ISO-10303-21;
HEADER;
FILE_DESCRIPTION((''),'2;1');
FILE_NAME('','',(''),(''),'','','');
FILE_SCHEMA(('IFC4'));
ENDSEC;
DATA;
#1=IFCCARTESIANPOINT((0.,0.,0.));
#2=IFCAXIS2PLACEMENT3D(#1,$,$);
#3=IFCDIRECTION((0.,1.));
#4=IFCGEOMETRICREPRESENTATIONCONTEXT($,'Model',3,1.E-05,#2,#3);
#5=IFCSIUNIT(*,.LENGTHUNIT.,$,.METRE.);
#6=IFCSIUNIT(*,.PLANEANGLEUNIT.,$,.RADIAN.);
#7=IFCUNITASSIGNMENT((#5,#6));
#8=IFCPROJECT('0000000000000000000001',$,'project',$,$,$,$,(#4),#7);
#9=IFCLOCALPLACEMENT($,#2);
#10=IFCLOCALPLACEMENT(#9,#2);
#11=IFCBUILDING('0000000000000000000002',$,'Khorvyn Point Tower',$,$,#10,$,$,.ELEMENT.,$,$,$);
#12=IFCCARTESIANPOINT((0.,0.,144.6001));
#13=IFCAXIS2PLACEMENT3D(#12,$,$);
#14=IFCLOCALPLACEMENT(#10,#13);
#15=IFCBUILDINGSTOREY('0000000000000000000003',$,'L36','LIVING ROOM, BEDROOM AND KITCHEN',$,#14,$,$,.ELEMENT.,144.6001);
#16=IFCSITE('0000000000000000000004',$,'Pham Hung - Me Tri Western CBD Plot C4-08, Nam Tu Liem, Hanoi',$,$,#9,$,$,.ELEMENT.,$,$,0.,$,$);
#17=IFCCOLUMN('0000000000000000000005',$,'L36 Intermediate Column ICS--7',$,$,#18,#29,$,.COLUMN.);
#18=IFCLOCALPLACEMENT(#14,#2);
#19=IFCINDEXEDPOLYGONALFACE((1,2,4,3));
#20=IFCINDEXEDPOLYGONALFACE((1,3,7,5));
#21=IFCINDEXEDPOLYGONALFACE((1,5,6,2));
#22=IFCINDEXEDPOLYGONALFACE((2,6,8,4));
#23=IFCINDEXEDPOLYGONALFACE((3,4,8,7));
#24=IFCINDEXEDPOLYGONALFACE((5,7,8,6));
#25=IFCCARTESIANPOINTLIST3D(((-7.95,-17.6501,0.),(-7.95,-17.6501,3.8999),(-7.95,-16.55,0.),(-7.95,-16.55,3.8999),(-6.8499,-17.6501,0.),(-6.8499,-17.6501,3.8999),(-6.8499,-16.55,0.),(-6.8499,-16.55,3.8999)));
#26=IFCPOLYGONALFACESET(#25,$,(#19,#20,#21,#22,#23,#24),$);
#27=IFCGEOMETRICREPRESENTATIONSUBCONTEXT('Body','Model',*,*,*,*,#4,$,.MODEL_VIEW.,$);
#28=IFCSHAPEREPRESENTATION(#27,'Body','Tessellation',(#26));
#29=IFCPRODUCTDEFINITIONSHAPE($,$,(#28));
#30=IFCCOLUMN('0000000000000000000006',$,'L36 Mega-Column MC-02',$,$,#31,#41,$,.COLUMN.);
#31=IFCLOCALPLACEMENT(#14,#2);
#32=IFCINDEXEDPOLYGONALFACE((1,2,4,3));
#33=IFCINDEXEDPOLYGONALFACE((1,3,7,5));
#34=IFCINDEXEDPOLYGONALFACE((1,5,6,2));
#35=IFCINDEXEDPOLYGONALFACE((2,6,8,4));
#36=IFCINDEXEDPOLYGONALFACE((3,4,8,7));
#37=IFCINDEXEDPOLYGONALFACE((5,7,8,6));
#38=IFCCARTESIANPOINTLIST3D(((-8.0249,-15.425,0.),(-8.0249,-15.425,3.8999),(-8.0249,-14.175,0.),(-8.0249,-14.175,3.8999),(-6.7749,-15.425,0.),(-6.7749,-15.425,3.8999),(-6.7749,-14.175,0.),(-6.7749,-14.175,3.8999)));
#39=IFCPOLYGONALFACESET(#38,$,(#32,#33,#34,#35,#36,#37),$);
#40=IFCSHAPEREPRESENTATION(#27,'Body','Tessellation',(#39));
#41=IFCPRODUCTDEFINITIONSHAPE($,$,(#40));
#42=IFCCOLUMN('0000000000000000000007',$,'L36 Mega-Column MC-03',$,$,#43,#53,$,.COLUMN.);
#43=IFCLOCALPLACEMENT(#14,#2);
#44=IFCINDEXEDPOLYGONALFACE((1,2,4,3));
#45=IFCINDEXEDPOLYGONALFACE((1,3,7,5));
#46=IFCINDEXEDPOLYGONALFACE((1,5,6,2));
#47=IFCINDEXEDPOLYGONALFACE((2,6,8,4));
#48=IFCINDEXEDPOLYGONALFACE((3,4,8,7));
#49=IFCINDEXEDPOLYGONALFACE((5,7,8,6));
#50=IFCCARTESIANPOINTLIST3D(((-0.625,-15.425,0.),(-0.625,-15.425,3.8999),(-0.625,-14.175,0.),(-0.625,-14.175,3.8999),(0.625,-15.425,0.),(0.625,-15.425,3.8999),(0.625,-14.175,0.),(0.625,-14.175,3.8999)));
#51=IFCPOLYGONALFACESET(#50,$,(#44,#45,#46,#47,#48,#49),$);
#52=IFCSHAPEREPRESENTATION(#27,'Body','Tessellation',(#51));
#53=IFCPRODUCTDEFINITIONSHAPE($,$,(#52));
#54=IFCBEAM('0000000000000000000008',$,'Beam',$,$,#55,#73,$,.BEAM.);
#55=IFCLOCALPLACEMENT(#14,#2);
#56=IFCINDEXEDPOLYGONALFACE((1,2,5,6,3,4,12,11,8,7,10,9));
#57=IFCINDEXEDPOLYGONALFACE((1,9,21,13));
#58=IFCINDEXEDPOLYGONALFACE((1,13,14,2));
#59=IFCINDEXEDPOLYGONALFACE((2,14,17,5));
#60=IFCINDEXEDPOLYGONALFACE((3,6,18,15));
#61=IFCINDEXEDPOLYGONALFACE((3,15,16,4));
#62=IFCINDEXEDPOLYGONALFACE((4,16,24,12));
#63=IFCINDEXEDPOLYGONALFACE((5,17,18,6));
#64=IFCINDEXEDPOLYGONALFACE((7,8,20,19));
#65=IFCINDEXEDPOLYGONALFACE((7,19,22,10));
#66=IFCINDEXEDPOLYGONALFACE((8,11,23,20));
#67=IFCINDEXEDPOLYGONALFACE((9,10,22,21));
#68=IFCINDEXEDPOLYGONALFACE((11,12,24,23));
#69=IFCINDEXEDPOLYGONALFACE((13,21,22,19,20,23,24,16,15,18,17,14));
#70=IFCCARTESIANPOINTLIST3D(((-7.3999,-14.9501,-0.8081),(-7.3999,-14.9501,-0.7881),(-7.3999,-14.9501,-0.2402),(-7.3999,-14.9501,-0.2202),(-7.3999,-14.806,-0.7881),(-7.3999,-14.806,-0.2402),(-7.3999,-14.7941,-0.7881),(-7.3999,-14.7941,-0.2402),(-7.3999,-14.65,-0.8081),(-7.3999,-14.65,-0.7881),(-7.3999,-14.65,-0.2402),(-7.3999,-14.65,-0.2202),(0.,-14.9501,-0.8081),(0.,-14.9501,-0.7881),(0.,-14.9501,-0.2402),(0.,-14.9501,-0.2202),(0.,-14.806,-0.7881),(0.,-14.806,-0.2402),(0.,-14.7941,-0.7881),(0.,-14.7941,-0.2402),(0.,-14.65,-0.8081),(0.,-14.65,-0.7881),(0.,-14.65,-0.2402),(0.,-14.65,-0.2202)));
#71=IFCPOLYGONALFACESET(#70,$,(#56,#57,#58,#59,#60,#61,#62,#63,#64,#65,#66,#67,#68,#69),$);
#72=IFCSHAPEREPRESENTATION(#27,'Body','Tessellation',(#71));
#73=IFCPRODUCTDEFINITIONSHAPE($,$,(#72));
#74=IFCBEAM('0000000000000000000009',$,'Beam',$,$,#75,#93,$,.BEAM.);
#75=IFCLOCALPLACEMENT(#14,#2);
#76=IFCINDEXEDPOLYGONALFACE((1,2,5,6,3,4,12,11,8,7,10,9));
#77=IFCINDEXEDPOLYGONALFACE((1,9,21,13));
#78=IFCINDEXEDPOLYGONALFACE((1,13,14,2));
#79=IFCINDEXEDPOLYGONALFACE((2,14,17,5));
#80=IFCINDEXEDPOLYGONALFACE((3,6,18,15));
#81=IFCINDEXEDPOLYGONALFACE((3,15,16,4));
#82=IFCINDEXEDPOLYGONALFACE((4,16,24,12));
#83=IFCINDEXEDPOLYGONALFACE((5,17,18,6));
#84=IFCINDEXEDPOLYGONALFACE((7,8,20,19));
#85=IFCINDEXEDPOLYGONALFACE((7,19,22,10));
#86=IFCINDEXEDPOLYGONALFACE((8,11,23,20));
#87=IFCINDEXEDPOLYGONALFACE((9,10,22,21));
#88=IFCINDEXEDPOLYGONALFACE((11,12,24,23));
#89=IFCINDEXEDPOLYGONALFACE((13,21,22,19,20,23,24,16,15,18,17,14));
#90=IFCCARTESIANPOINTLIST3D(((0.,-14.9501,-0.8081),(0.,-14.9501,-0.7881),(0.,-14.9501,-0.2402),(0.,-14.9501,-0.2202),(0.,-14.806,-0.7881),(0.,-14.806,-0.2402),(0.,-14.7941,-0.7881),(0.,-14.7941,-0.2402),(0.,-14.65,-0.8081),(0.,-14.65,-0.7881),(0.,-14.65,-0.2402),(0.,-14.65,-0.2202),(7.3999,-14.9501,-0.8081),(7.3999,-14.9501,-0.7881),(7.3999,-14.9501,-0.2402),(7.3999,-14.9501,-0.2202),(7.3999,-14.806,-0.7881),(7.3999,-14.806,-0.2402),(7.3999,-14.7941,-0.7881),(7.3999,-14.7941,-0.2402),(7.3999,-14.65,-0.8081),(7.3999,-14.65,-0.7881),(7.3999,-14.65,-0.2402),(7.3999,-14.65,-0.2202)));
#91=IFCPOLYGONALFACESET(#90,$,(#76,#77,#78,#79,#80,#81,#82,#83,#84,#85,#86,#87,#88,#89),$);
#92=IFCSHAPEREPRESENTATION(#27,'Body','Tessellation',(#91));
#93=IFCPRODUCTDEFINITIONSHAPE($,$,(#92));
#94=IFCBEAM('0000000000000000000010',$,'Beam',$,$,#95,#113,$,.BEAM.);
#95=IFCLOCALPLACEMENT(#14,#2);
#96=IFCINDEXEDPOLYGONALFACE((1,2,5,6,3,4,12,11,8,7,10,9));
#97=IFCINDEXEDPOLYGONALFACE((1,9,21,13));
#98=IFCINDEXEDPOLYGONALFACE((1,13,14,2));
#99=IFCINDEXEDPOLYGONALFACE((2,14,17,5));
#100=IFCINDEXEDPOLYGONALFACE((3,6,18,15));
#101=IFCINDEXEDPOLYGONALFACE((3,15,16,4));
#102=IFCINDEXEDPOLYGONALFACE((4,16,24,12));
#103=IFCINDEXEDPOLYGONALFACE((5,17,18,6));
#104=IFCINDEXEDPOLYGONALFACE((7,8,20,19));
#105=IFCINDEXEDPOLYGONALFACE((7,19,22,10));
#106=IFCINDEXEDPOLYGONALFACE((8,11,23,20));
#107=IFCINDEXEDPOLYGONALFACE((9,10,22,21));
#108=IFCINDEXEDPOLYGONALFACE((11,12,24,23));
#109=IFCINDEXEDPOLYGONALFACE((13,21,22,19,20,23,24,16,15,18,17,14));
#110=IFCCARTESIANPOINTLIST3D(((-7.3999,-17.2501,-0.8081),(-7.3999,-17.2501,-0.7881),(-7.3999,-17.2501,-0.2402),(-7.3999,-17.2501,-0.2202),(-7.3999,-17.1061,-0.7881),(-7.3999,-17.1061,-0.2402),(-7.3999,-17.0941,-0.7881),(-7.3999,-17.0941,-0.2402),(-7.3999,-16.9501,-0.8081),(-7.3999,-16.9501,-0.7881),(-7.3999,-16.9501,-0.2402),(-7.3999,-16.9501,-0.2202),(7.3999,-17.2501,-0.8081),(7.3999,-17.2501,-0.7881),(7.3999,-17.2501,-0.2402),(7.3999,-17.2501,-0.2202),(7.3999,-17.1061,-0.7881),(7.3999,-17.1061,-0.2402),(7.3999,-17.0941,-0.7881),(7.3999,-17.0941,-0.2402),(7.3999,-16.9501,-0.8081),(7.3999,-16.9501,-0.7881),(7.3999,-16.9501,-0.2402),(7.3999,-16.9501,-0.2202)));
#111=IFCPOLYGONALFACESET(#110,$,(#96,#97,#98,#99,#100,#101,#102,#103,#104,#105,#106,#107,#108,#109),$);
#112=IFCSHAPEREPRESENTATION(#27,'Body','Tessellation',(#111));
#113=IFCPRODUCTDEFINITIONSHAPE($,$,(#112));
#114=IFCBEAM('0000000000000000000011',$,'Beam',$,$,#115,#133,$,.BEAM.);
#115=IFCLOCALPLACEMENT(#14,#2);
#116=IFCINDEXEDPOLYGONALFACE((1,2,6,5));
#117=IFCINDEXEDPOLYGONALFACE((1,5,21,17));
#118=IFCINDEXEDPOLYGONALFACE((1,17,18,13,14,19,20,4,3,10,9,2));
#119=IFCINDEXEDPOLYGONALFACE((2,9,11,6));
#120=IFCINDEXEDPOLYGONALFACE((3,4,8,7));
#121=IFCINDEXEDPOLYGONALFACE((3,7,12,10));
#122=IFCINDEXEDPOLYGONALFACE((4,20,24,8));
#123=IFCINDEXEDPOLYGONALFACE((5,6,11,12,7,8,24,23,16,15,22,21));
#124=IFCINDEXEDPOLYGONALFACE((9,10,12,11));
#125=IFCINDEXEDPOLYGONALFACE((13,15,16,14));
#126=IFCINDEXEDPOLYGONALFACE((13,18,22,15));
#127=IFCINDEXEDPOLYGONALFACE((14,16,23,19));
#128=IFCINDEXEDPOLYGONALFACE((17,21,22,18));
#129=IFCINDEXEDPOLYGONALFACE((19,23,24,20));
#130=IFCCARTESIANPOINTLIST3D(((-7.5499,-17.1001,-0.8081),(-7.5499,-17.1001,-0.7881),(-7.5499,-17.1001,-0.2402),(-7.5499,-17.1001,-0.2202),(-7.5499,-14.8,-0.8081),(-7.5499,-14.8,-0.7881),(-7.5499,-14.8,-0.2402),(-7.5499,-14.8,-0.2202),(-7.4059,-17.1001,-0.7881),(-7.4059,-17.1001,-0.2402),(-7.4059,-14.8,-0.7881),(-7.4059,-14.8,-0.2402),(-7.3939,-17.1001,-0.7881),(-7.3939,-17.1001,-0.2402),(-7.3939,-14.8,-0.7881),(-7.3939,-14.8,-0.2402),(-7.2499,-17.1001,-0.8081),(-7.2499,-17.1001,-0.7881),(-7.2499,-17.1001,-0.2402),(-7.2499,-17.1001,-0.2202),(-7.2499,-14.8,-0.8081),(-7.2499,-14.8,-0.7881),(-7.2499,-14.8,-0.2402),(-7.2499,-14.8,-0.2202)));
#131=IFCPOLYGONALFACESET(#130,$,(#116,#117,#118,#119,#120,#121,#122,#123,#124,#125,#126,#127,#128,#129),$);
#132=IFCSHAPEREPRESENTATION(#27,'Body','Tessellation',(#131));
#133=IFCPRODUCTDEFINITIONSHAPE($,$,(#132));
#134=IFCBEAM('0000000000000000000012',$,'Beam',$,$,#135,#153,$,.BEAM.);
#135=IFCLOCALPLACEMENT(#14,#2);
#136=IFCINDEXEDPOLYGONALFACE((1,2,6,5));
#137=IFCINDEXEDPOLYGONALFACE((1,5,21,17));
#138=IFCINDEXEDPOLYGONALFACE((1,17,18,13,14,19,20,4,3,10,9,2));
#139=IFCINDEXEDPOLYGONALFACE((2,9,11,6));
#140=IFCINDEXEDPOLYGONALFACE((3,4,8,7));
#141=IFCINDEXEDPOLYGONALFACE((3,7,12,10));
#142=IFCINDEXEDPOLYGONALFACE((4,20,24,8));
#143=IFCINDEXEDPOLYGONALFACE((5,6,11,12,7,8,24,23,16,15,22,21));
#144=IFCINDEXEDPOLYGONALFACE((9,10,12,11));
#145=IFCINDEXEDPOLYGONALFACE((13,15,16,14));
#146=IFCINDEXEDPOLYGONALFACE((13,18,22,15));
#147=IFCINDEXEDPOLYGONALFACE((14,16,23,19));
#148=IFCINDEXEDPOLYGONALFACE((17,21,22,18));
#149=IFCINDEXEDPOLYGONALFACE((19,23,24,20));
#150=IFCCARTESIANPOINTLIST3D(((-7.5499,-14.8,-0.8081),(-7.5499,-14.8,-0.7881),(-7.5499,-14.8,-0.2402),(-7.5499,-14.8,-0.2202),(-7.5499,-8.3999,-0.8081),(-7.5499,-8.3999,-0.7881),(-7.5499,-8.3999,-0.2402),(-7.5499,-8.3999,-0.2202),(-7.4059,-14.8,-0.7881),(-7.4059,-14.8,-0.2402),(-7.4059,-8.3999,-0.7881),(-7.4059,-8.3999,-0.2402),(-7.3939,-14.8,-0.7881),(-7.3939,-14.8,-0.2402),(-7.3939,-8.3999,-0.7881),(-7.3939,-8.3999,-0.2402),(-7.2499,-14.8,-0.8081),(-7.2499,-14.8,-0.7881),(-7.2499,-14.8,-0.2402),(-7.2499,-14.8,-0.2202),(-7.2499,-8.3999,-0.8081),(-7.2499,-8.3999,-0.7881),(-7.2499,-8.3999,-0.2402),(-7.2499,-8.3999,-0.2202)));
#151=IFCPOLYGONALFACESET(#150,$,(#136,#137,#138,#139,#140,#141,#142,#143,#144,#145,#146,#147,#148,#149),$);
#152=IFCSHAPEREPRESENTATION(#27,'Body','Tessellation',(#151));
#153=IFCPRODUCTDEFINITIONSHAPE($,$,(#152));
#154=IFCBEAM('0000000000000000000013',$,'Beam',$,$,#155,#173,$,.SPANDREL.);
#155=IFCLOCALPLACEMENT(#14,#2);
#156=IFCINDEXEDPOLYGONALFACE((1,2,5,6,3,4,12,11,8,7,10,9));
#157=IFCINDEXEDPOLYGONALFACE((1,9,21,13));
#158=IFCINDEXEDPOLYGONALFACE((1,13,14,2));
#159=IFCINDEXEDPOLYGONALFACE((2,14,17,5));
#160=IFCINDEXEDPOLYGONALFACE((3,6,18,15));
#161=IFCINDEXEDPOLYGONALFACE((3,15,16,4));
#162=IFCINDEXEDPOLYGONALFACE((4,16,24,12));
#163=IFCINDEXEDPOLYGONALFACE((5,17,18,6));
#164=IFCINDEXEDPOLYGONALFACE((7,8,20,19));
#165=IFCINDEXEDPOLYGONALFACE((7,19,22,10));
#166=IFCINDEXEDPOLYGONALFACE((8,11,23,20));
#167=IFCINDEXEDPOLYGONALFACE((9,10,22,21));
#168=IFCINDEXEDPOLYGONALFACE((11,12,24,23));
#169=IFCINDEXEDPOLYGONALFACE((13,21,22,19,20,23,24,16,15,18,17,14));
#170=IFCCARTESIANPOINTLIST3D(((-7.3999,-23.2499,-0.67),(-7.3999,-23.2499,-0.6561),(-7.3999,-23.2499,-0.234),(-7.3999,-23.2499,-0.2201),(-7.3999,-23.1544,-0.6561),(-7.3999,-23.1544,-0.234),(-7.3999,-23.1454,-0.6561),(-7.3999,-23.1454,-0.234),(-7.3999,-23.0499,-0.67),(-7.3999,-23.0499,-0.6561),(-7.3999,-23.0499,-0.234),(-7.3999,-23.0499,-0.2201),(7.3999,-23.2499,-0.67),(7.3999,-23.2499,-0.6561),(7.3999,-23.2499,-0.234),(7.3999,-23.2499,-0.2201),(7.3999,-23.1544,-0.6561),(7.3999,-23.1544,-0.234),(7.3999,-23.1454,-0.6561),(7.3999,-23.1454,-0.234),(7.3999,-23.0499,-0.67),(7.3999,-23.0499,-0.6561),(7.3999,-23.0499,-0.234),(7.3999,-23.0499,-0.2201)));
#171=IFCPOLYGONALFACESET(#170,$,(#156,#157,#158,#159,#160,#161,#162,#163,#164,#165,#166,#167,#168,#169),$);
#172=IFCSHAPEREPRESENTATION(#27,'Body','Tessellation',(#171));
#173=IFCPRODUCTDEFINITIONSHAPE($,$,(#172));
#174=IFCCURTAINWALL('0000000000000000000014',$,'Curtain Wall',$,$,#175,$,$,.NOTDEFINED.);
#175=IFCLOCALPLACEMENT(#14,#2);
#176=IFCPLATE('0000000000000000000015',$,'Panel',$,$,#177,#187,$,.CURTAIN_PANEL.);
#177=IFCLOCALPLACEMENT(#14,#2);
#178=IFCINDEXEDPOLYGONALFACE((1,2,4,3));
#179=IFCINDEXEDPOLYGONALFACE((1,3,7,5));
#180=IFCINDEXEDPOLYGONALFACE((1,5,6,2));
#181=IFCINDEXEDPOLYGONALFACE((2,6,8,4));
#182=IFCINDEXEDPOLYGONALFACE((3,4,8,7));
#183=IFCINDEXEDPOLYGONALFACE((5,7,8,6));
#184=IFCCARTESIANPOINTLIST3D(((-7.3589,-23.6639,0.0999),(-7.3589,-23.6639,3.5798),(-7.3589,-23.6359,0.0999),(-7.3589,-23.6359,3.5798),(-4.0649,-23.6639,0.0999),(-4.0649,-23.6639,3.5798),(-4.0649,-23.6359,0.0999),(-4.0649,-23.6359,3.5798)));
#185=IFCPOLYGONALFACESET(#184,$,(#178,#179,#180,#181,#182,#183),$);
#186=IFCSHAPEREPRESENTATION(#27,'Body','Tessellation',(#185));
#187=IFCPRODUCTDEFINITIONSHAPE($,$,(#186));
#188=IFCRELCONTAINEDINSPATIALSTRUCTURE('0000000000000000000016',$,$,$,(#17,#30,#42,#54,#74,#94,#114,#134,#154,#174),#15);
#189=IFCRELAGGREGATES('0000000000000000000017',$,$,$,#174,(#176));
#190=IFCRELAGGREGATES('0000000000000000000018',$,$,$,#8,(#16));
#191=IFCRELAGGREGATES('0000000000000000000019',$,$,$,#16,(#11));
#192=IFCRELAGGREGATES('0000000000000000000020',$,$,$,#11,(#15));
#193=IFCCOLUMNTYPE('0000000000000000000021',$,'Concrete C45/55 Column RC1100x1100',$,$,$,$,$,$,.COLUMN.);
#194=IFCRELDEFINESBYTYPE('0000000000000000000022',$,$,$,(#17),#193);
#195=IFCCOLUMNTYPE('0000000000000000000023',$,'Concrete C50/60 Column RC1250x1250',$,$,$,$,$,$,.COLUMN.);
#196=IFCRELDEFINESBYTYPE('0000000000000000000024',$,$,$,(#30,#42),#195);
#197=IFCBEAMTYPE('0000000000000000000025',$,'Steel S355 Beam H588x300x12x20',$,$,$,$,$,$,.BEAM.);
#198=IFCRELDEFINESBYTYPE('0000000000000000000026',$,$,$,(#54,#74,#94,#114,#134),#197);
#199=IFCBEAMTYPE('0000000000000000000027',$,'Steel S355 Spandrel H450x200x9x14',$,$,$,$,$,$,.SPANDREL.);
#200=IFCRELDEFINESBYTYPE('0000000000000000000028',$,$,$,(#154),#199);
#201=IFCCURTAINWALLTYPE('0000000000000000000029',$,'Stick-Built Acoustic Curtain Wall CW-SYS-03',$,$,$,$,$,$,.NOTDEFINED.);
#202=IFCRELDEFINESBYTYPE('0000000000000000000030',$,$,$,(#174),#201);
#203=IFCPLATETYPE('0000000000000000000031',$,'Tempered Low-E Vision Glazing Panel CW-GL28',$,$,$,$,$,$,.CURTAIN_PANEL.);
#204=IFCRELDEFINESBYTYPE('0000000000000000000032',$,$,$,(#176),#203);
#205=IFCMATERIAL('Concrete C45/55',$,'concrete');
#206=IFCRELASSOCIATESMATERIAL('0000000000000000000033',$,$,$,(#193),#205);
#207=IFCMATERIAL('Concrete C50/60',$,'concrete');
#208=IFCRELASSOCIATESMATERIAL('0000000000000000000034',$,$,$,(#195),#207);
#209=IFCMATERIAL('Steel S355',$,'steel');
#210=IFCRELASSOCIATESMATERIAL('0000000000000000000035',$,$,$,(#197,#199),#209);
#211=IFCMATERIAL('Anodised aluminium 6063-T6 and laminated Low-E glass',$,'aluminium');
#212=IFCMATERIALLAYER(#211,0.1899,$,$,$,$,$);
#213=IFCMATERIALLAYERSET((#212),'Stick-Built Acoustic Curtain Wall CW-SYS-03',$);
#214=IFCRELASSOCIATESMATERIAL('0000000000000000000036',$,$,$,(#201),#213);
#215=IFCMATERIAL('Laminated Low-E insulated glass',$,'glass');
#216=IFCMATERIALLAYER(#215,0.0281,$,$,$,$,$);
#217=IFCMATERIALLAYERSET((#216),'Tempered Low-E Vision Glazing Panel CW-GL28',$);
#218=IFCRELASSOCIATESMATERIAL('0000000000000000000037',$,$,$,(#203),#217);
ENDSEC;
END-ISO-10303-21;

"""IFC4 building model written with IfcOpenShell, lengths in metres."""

from ifc_helpers import new_model, si_unit, direction, frame, origin, origin_2d, place, context, subcontext, project, spatial, rectangle, i_section, extrude, material, layer, layer_set, material_profile, profile_set, type_object, element, aggregate, save


model = new_model("IFC4")

# Units and contexts
model_context = context("Model", 3, precision=1e-05, world=origin(), true_north=direction((0.0, 1.0)))
body_context = subcontext(model_context, "Body", "Model", "MODEL_VIEW")
ifc_project = project(units=[si_unit("LENGTHUNIT", "METRE"), si_unit("PLANEANGLEUNIT", "RADIAN")], contexts=[model_context])

# Site, building, storey
site_placement = place(None, origin())
site = spatial("IfcSite", under=ifc_project, at=site_placement, Name="Pham Hung - Me Tri Western CBD Plot C4-08, Nam Tu Liem, Hanoi", CompositionType="ELEMENT", RefElevation=0.0)
building_placement = place(site_placement, origin())
building = spatial("IfcBuilding", under=site, at=building_placement, Name="Khorvyn Point Tower", CompositionType="ELEMENT")
storey_placement = place(building_placement, frame((0.0, 0.0, 144.6001)))
storey = spatial("IfcBuildingStorey", under=building, at=storey_placement, Name="L36", Description="LIVING ROOM, BEDROOM AND KITCHEN", CompositionType="ELEMENT", Elevation=144.6001)

# Columns
ifc_material_1 = material(Name="Concrete C45/55", Category="concrete")
ifc_material_profile_1 = material_profile(ifc_material_1, rectangle(XDim=1.1001, YDim=1.1001, at=origin_2d()))
ifc_profile_set_1 = profile_set([ifc_material_profile_1], Name="Concrete C45/55 RC1100x1100")
column_type_1 = type_object("IfcColumnType", Name="Concrete C45/55 Column RC1100x1100", PredefinedType="COLUMN", material=ifc_profile_set_1)
column_placement = place(storey_placement, frame((-7.3999, -17.1001, 0.0), z_axis=(0.0, 0.0, 1.0), x_axis=(1.0, 0.0, 0.0)))
element("IfcColumn", 1, at=column_placement, inside=storey, type_object=column_type_1, Name="L36 Intermediate Column ICS--7", PredefinedType="COLUMN", context=body_context, shape_type="SweptSolid", body=[
    extrude(rectangle(XDim=1.1001, YDim=1.1001, at=origin_2d()), origin(), (0.0, 0.0, 1.0), 3.8999),
])
ifc_material_2 = material(Name="Concrete C50/60", Category="concrete")
ifc_material_profile_2 = material_profile(ifc_material_2, rectangle(XDim=1.25, YDim=1.25, at=origin_2d()))
ifc_profile_set_2 = profile_set([ifc_material_profile_2], Name="Concrete C50/60 RC1250x1250")
column_type_2 = type_object("IfcColumnType", Name="Concrete C50/60 Column RC1250x1250", PredefinedType="COLUMN", material=ifc_profile_set_2)
for number, where, z_axis, x_axis, name in (
    (2, (-7.3999, -14.8, 0.0), (0.0, 0.0, 1.0), (1.0, 0.0, 0.0), "L36 Mega-Column MC-02"),
    (3, (0.0, -14.8, 0.0), (0.0, 0.0, 1.0), (1.0, 0.0, 0.0), "L36 Mega-Column MC-03"),
):
    element("IfcColumn", number, at=place(storey_placement, frame(where, z_axis=z_axis, x_axis=x_axis)), inside=storey, type_object=column_type_2, Name=name, PredefinedType="COLUMN", context=body_context, shape_type="SweptSolid", body=[
        extrude(rectangle(XDim=1.25, YDim=1.25, at=origin_2d()), origin(), (0.0, 0.0, 1.0), 3.8999),
    ])

# Beams
ifc_material_3 = material(Name="Steel S355", Category="steel")
ifc_material_profile_3 = material_profile(ifc_material_3, i_section(OverallWidth=0.3, OverallDepth=0.5879, WebThickness=0.012, FlangeThickness=0.02, at=origin_2d()))
ifc_profile_set_3 = profile_set([ifc_material_profile_3], Name="Steel S355 H588x300x12x20")
beam_type_1 = type_object("IfcBeamType", Name="Steel S355 Beam H588x300x12x20", PredefinedType="BEAM", material=ifc_profile_set_3)
for number, where, z_axis, x_axis, name in (
    (4, (-7.3999, -14.8, -0.5142), (1.0, 0.0, 0.0), (0.0, 1.0, 0.0), "Beam"),
    (5, (0.0, -14.8, -0.5142), (1.0, 0.0, 0.0), (0.0, 1.0, 0.0), "Beam"),
):
    element("IfcBeam", number, at=place(storey_placement, frame(where, z_axis=z_axis, x_axis=x_axis)), inside=storey, type_object=beam_type_1, Name=name, PredefinedType="BEAM", context=body_context, shape_type="SweptSolid", body=[
        extrude(i_section(OverallWidth=0.3, OverallDepth=0.5879, WebThickness=0.012, FlangeThickness=0.02, at=origin_2d()), origin(), (0.0, 0.0, 1.0), 7.3999),
    ])
beam_1_placement = place(storey_placement, frame((-7.3999, -17.1001, -0.5142), z_axis=(1.0, 0.0, 0.0), x_axis=(0.0, 1.0, 0.0)))
element("IfcBeam", 6, at=beam_1_placement, inside=storey, type_object=beam_type_1, Name="Beam", PredefinedType="BEAM", context=body_context, shape_type="SweptSolid", body=[
    extrude(i_section(OverallWidth=0.3, OverallDepth=0.5879, WebThickness=0.012, FlangeThickness=0.02, at=origin_2d()), origin(), (0.0, 0.0, 1.0), 14.7998),
])
beam_2_placement = place(storey_placement, frame((-7.3999, -17.1001, -0.5142), z_axis=(0.0, 1.0, 0.0), x_axis=(-1.0, 0.0, 0.0)))
element("IfcBeam", 7, at=beam_2_placement, inside=storey, type_object=beam_type_1, Name="Beam", PredefinedType="BEAM", context=body_context, shape_type="SweptSolid", body=[
    extrude(i_section(OverallWidth=0.3, OverallDepth=0.5879, WebThickness=0.012, FlangeThickness=0.02, at=origin_2d()), origin(), (0.0, 0.0, 1.0), 2.3),
])
beam_3_placement = place(storey_placement, frame((-7.3999, -14.8, -0.5142), z_axis=(0.0, 1.0, 0.0), x_axis=(-1.0, 0.0, 0.0)))
element("IfcBeam", 8, at=beam_3_placement, inside=storey, type_object=beam_type_1, Name="Beam", PredefinedType="BEAM", context=body_context, shape_type="SweptSolid", body=[
    extrude(i_section(OverallWidth=0.3, OverallDepth=0.5879, WebThickness=0.012, FlangeThickness=0.02, at=origin_2d()), origin(), (0.0, 0.0, 1.0), 6.4001),
])
ifc_material_profile_4 = material_profile(ifc_material_3, i_section(OverallWidth=0.2, OverallDepth=0.45, WebThickness=0.009, FlangeThickness=0.0139, at=origin_2d()))
ifc_profile_set_4 = profile_set([ifc_material_profile_4], Name="Steel S355 H450x200x9x14")
beam_type_2 = type_object("IfcBeamType", Name="Steel S355 Spandrel H450x200x9x14", PredefinedType="SPANDREL", material=ifc_profile_set_4)
beam_4_placement = place(storey_placement, frame((-7.3999, -23.1499, -0.4451), z_axis=(1.0, 0.0, 0.0), x_axis=(0.0, 1.0, 0.0)))
element("IfcBeam", 9, at=beam_4_placement, inside=storey, type_object=beam_type_2, Name="Beam", PredefinedType="SPANDREL", context=body_context, shape_type="SweptSolid", body=[
    extrude(i_section(OverallWidth=0.2, OverallDepth=0.45, WebThickness=0.009, FlangeThickness=0.0139, at=origin_2d()), origin(), (0.0, 0.0, 1.0), 14.7998),
])

# Curtain wall, plate
ifc_material_4 = material(Name="Anodised aluminium 6063-T6 and laminated Low-E glass", Category="aluminium")
ifc_layer_1 = layer(ifc_material_4, 0.1899)
ifc_layer_set_1 = layer_set([ifc_layer_1], Name="Stick-Built Acoustic Curtain Wall CW-SYS-03")
curtain_wall_type = type_object("IfcCurtainWallType", Name="Stick-Built Acoustic Curtain Wall CW-SYS-03", PredefinedType="NOTDEFINED", material=ifc_layer_set_1)
curtain_wall_placement = place(storey_placement, origin())
curtain_wall = element("IfcCurtainWall", 10, at=curtain_wall_placement, inside=storey, type_object=curtain_wall_type, Name="Curtain Wall", PredefinedType="NOTDEFINED")
ifc_material_5 = material(Name="Laminated Low-E insulated glass", Category="glass")
ifc_layer_2 = layer(ifc_material_5, 0.0281)
ifc_layer_set_2 = layer_set([ifc_layer_2], Name="Tempered Low-E Vision Glazing Panel CW-GL28")
plate_type = type_object("IfcPlateType", Name="Tempered Low-E Vision Glazing Panel CW-GL28", PredefinedType="CURTAIN_PANEL", material=ifc_layer_set_2)
plate_1_placement = place(storey_placement, frame((-5.7119, -23.6499, 0.0999), z_axis=(0.0, 0.0, 1.0), x_axis=(-1.0, 0.0, 0.0)))
plate_1 = element("IfcPlate", 11, at=plate_1_placement, type_object=plate_type, Name="Panel", PredefinedType="CURTAIN_PANEL", context=body_context, shape_type="SweptSolid", body=[
    extrude(rectangle(XDim=3.2939, YDim=0.0281, at=origin_2d()), origin(), (0.0, 0.0, 1.0), 3.48),
])
aggregate(curtain_wall, [plate_1])

save(model, "model.ifc")
